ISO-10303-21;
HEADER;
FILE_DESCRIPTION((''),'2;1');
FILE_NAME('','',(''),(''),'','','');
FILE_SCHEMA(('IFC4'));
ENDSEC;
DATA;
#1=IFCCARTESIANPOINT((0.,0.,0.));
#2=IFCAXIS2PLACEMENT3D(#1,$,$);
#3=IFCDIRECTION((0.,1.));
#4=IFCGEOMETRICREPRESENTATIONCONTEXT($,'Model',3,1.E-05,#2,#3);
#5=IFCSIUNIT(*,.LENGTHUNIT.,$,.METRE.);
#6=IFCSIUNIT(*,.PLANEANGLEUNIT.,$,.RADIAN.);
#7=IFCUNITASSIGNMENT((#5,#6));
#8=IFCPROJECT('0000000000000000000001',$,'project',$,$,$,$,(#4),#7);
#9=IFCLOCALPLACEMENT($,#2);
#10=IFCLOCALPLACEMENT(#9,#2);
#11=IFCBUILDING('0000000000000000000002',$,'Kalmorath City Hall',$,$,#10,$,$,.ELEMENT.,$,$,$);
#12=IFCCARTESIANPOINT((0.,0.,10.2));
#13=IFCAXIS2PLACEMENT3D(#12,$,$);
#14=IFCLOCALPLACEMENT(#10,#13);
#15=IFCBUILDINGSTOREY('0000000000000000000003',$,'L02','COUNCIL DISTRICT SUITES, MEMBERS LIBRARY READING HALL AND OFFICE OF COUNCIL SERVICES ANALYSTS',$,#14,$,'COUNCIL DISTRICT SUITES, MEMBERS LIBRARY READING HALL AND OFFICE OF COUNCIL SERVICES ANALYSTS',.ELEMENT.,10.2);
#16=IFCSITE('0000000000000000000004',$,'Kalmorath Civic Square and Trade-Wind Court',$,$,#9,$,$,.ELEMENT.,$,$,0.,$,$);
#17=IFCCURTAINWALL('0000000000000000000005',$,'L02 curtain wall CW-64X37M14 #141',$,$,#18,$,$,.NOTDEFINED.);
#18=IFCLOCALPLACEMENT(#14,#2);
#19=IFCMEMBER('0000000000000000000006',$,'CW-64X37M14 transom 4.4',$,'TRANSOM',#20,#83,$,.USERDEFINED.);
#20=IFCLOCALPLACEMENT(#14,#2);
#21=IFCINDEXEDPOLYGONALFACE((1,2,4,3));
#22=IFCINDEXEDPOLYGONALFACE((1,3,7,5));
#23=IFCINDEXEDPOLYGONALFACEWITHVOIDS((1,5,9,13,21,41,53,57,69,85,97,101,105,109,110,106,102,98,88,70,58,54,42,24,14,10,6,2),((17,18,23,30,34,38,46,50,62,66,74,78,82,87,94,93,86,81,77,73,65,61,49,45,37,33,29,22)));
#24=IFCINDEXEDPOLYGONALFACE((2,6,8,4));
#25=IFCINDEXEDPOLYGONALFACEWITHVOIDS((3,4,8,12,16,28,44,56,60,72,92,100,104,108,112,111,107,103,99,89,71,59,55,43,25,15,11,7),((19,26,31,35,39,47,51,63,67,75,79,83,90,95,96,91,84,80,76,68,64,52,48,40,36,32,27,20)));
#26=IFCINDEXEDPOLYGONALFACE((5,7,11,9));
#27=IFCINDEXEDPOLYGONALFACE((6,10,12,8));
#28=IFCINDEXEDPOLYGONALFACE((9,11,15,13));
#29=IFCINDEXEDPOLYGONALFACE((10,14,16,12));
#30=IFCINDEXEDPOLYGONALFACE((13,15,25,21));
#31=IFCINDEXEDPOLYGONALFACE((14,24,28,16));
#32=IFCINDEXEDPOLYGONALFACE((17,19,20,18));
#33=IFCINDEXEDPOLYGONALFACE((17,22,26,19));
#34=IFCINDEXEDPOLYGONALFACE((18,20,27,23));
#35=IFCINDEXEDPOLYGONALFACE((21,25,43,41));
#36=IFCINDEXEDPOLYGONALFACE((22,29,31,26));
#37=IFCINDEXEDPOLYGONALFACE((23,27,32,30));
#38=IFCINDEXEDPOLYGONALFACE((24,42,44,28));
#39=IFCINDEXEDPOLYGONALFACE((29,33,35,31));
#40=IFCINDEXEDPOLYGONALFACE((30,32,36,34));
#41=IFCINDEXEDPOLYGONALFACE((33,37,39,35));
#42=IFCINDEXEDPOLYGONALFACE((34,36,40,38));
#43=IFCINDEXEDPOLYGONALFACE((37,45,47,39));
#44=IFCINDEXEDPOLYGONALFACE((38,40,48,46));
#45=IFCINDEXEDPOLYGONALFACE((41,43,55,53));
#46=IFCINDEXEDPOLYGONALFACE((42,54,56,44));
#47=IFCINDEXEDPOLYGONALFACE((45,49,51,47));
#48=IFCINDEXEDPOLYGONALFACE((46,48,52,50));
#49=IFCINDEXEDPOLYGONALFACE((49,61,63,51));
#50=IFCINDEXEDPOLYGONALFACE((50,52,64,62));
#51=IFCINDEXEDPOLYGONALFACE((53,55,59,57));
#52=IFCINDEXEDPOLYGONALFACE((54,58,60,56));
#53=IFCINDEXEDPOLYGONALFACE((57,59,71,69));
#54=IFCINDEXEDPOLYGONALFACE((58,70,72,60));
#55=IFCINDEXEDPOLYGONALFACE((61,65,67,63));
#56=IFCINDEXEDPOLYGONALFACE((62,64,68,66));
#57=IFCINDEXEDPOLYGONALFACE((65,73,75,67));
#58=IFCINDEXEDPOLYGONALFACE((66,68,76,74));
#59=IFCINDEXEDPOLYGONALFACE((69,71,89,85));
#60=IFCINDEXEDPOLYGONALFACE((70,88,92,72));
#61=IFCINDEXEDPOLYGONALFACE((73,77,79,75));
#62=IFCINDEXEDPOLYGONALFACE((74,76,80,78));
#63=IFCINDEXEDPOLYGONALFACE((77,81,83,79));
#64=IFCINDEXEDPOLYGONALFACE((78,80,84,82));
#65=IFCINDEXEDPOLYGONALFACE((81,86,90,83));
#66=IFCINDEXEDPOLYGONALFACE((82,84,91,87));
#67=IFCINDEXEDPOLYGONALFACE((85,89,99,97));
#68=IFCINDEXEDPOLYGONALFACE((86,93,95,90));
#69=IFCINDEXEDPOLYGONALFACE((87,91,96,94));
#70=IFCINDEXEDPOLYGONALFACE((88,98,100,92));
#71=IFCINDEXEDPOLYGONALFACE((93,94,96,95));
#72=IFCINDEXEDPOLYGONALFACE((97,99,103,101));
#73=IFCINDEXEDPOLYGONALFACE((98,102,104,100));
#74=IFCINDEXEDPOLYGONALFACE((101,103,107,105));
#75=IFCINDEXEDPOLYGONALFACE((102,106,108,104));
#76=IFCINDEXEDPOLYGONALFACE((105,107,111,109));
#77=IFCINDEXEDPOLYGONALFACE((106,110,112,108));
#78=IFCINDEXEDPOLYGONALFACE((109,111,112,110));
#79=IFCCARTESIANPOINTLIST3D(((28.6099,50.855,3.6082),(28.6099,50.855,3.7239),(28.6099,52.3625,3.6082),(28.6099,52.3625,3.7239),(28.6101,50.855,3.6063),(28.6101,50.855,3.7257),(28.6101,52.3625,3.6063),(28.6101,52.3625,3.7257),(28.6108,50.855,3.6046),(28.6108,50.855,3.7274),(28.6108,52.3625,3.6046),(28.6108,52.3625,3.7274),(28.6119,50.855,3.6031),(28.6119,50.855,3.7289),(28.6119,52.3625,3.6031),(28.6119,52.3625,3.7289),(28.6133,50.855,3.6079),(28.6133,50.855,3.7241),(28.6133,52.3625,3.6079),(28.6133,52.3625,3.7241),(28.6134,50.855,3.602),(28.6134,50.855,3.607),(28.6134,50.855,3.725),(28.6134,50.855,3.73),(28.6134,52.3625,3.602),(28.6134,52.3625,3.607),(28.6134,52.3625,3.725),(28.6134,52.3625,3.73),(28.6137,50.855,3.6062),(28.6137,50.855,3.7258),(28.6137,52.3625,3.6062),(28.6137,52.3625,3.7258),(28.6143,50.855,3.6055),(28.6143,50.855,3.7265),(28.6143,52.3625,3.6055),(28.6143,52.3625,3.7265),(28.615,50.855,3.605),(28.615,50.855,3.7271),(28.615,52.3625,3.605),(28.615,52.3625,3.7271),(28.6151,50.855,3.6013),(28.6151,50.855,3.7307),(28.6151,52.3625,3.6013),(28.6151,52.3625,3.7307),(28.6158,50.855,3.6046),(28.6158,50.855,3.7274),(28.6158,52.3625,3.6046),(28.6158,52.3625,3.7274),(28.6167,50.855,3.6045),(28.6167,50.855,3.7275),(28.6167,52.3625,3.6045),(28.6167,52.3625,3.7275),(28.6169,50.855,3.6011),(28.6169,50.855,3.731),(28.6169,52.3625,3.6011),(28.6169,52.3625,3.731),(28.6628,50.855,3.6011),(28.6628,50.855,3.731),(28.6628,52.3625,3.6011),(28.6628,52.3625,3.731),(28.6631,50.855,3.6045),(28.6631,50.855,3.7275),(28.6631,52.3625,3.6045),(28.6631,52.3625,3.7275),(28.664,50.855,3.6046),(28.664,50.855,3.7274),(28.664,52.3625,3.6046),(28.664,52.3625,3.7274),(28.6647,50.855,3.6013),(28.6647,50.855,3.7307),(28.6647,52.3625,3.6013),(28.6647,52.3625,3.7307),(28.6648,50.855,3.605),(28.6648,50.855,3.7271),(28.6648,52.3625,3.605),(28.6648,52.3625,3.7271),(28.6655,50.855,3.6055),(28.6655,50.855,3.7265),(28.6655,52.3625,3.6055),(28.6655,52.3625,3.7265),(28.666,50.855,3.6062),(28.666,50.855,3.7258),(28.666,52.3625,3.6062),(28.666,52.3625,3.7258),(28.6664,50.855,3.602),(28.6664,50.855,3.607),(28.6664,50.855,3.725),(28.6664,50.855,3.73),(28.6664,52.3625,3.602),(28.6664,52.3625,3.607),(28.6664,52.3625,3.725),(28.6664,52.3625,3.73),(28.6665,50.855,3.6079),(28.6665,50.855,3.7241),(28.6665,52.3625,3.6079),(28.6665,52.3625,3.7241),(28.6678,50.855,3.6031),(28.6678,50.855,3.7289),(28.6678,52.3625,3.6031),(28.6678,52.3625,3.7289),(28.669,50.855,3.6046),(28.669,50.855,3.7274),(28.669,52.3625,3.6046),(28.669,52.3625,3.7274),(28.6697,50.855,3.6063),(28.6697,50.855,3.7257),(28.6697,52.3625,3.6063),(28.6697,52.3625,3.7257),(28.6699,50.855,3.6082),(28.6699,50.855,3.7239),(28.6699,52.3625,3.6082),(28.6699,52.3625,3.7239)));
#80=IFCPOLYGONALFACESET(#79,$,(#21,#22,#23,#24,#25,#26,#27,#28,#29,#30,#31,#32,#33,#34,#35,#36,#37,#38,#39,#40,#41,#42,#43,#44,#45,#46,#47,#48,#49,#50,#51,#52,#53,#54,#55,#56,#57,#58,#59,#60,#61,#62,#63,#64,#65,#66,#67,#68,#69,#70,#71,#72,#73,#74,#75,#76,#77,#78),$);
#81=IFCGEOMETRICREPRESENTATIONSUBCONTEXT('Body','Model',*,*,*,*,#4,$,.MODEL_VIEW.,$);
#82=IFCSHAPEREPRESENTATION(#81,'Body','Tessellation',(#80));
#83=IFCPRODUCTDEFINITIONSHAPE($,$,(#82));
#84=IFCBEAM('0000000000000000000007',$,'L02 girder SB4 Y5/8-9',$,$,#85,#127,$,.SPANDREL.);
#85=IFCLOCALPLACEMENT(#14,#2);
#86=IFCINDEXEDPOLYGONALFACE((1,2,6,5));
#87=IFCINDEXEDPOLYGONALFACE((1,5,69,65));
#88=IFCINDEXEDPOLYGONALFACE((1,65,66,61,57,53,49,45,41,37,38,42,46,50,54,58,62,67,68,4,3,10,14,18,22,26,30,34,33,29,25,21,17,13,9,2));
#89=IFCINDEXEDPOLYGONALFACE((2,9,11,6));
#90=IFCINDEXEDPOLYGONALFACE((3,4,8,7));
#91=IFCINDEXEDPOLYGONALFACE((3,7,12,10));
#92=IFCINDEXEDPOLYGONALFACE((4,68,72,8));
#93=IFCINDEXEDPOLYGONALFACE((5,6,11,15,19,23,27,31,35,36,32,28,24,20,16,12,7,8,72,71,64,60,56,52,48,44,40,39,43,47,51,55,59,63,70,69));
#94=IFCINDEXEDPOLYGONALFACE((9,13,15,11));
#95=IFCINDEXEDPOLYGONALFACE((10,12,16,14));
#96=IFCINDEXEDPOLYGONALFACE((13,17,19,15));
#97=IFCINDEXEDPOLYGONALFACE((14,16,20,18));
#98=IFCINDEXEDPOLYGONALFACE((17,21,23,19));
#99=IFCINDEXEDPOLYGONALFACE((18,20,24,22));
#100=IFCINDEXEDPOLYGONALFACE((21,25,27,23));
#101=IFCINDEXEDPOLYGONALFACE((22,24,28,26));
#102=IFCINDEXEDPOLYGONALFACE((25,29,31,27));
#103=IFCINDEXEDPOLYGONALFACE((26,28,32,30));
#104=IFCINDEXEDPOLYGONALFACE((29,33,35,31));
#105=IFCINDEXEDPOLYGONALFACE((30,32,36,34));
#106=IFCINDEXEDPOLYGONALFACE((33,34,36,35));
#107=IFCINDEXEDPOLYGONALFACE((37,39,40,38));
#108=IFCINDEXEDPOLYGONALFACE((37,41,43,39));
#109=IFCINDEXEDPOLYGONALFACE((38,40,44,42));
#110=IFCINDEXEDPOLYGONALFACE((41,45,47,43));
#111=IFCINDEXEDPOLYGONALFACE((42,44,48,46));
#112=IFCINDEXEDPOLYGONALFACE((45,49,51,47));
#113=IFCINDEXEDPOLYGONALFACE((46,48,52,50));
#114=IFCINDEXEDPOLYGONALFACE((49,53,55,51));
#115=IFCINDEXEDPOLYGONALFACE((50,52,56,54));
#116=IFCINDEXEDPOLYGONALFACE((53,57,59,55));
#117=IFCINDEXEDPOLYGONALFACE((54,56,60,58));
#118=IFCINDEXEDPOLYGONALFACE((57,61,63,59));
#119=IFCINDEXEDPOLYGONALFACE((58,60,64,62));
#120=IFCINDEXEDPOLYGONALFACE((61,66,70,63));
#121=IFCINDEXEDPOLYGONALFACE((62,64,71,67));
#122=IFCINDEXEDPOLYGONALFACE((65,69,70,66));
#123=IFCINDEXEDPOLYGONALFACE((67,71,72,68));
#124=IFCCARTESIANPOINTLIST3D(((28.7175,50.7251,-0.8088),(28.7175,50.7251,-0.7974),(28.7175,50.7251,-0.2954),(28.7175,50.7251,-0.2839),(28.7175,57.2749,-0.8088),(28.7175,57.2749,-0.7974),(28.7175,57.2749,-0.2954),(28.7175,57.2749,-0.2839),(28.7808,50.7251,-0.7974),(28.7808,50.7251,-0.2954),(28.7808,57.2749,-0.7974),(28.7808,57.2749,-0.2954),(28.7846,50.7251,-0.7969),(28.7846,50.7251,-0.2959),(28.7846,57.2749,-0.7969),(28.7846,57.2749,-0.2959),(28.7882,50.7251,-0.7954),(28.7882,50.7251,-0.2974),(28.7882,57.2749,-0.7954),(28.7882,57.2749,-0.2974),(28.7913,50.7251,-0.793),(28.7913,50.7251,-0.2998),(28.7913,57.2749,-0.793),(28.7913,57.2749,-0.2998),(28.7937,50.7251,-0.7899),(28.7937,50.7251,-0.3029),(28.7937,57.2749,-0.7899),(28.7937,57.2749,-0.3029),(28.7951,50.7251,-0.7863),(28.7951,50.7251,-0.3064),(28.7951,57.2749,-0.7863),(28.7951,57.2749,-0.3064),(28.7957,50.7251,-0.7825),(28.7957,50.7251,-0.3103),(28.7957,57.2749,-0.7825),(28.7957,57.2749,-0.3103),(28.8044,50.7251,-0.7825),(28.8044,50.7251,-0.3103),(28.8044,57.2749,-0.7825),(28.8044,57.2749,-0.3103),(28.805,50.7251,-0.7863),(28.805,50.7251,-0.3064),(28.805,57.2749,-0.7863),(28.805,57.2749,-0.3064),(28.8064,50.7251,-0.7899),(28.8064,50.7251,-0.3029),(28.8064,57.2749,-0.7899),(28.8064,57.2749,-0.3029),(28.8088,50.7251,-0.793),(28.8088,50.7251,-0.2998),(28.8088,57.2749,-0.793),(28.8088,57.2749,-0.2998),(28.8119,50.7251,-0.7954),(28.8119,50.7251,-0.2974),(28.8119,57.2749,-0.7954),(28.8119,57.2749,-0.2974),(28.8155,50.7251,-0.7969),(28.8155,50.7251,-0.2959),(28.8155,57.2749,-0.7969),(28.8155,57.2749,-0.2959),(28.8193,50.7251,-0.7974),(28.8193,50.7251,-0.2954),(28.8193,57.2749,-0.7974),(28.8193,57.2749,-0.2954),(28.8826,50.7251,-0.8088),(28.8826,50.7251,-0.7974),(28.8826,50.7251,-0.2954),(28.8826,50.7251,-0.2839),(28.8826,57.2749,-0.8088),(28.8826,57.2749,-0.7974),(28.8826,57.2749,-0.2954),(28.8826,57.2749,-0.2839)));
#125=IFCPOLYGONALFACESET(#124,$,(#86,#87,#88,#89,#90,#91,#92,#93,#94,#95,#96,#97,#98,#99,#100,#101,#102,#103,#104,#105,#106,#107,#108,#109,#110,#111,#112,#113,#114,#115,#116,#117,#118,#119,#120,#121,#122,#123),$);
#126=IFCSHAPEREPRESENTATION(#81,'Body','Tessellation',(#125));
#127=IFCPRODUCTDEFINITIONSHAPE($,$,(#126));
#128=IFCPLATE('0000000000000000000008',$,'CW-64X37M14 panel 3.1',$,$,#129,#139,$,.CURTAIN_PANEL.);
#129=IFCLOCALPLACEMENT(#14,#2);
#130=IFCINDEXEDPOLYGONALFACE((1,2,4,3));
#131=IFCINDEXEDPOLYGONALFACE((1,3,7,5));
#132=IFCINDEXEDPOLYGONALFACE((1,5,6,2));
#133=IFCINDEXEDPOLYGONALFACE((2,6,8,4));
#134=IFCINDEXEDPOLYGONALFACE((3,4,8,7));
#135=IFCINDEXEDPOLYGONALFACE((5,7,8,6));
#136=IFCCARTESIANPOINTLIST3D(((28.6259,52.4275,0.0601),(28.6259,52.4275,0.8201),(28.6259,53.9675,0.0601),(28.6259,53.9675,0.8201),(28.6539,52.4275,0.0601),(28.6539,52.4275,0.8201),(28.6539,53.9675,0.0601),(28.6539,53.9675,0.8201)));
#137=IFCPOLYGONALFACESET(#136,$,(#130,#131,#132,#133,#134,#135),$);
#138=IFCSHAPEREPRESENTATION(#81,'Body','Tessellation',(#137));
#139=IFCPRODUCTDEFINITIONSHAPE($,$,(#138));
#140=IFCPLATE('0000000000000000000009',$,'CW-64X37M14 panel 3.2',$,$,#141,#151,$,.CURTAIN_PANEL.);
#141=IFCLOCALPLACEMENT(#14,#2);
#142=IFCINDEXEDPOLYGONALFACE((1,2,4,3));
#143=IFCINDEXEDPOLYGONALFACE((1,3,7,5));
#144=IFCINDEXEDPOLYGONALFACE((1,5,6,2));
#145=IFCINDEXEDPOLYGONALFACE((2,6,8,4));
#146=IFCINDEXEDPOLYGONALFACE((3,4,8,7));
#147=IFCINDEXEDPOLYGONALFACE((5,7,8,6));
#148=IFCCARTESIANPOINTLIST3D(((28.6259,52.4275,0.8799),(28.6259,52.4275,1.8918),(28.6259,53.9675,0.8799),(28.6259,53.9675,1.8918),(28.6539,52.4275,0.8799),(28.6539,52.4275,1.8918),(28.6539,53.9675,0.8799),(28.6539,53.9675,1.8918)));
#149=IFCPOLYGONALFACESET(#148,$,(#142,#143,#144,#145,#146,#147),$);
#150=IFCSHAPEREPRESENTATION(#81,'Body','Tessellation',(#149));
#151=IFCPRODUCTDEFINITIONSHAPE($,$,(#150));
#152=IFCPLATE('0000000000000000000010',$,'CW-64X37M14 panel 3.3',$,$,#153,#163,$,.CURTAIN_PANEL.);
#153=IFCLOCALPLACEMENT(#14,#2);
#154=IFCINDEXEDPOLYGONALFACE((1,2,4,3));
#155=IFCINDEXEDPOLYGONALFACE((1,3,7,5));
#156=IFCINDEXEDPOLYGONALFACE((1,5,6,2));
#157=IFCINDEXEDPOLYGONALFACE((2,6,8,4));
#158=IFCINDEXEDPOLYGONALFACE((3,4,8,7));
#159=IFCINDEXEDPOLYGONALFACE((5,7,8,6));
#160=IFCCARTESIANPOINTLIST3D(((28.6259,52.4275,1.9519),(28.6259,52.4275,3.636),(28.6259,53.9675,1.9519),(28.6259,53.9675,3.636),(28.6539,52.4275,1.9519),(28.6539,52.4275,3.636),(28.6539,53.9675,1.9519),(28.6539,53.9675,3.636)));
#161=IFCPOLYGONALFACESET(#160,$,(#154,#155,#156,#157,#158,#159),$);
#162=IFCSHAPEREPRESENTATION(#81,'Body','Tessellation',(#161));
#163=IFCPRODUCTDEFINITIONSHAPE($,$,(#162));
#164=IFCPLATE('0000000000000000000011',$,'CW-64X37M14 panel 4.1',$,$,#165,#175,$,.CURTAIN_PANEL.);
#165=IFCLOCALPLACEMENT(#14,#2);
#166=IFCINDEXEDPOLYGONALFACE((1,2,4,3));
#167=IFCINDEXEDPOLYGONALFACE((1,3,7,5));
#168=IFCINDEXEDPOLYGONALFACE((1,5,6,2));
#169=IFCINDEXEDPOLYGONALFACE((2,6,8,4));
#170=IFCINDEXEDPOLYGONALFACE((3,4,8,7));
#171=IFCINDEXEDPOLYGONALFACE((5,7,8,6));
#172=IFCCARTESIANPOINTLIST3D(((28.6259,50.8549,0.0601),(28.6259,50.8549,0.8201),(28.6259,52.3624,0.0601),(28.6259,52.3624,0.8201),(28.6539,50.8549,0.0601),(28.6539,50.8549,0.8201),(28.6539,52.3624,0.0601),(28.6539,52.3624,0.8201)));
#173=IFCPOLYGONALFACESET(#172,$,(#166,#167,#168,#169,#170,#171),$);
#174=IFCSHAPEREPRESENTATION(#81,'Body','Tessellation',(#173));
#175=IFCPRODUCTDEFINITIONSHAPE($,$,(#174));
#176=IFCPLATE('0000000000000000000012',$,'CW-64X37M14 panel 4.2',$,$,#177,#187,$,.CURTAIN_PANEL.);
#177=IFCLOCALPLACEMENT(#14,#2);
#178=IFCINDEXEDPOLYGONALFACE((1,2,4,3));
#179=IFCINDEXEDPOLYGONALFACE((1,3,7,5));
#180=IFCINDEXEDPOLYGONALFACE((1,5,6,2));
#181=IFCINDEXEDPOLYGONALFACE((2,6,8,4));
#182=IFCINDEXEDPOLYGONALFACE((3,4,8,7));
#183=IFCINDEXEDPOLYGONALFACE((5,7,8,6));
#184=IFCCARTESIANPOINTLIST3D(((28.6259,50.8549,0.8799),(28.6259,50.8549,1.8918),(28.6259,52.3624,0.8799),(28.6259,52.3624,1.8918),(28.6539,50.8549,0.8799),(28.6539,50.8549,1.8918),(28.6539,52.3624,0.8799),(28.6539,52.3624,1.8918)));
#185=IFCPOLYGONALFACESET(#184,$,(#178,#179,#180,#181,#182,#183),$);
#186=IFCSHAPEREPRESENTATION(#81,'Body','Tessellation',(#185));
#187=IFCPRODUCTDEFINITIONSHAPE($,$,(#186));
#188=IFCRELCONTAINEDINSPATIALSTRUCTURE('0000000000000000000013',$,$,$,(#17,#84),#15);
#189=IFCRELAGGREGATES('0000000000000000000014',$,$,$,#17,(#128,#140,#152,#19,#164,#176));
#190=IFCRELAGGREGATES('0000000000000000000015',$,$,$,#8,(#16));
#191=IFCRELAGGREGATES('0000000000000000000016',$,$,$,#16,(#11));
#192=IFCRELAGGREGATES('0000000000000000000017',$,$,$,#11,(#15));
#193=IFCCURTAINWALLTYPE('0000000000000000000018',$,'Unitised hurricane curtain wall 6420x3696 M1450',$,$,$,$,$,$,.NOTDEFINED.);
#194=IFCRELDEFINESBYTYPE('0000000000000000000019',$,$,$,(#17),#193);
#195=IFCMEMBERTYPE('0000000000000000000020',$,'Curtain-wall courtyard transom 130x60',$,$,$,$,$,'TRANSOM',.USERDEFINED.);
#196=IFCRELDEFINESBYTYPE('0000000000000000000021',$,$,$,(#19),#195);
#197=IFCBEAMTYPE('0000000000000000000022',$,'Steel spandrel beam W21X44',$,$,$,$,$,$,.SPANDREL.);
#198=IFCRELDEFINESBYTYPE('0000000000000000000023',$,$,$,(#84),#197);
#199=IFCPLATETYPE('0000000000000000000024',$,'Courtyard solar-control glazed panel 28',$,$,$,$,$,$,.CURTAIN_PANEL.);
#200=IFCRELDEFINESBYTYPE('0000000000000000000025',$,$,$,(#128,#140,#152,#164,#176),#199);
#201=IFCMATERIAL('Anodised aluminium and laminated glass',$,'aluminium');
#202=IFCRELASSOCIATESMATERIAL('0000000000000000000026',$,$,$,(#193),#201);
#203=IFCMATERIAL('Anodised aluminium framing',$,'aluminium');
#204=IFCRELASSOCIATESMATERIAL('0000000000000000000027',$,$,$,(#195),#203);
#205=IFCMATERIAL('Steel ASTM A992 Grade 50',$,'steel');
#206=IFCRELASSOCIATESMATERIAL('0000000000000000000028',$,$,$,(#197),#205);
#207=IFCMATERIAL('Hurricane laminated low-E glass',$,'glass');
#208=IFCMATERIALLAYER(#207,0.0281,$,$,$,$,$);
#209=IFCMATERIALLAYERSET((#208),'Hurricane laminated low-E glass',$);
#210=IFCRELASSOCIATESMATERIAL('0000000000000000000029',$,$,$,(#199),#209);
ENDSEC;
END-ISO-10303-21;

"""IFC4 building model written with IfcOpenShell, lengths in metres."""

from ifc_helpers import new_model, si_unit, direction, frame, origin, origin_2d, place, context, subcontext, project, spatial, rectangle, hollow_rectangle, i_section, extrude, material, layer, layer_set, material_profile, profile_set, type_object, element, aggregate, save


model = new_model("IFC4")

# Units and contexts
model_context = context("Model", 3, precision=1e-05, world=origin(), true_north=direction((0.0, 1.0)))
body_context = subcontext(model_context, "Body", "Model", "MODEL_VIEW")
ifc_project = project(units=[si_unit("LENGTHUNIT", "METRE"), si_unit("PLANEANGLEUNIT", "RADIAN")], contexts=[model_context])

# Site, building, storey
site_placement = place(None, origin())
site = spatial("IfcSite", under=ifc_project, at=site_placement, Name="Kalmorath Civic Square and Trade-Wind Court", CompositionType="ELEMENT", RefElevation=0.0)
building_placement = place(site_placement, origin())
building = spatial("IfcBuilding", under=site, at=building_placement, Name="Kalmorath City Hall", CompositionType="ELEMENT")
storey_placement = place(building_placement, frame((0.0, 0.0, 10.2)))
storey = spatial("IfcBuildingStorey", under=building, at=storey_placement, Name="L02", Description="COUNCIL DISTRICT SUITES, MEMBERS LIBRARY READING HALL AND OFFICE OF COUNCIL SERVICES ANALYSTS", LongName="COUNCIL DISTRICT SUITES, MEMBERS LIBRARY READING HALL AND OFFICE OF COUNCIL SERVICES ANALYSTS", CompositionType="ELEMENT", Elevation=10.2)

# Curtain wall, member
ifc_material_1 = material(Name="Anodised aluminium and laminated glass", Category="aluminium")
curtain_wall_type = type_object("IfcCurtainWallType", Name="Unitised hurricane curtain wall 6420x3696 M1450", PredefinedType="NOTDEFINED", material=ifc_material_1)
curtain_wall_placement = place(storey_placement, origin())
curtain_wall = element("IfcCurtainWall", 1, at=curtain_wall_placement, inside=storey, type_object=curtain_wall_type, Name="L02 curtain wall CW-64X37M14 #141", PredefinedType="NOTDEFINED")
ifc_material_2 = material(Name="Anodised aluminium framing", Category="aluminium")
ifc_material_profile_1 = material_profile(ifc_material_2, hollow_rectangle(XDim=0.0601, YDim=0.1299, WallThickness=0.0034, InnerFilletRadius=0.0034, OuterFilletRadius=0.0071, at=origin_2d()), Name="ALU-TRN-130X60X3.5")
ifc_profile_set_1 = profile_set([ifc_material_profile_1], Name="Anodised aluminium framing")
member_type_1 = type_object("IfcMemberType", Name="Curtain-wall courtyard transom 130x60", ElementType="TRANSOM", PredefinedType="USERDEFINED", material=ifc_profile_set_1)
member_1_placement = place(storey_placement, frame((28.6399, 52.3625, 3.666), z_axis=(0.0, -1.0, 0.0), x_axis=(1.0, 0.0, 0.0)))
member_1 = element("IfcMember", 2, at=member_1_placement, type_object=member_type_1, Name="CW-64X37M14 transom 4.4", ObjectType="TRANSOM", PredefinedType="USERDEFINED", context=body_context, shape_type="SweptSolid", body=[
    extrude(hollow_rectangle(XDim=0.0601, YDim=0.1299, WallThickness=0.0034, InnerFilletRadius=0.0034, OuterFilletRadius=0.0071, at=origin_2d()), origin(), (0.0, 0.0, 1.0), 1.5076),
])

# Beam
ifc_material_3 = material(Name="Steel ASTM A992 Grade 50", Category="steel")
ifc_material_profile_2 = material_profile(ifc_material_3, i_section(OverallWidth=0.165, OverallDepth=0.5249, WebThickness=0.0088, FlangeThickness=0.0115, FilletRadius=0.0149, at=origin_2d()), Name="W21X44")
ifc_profile_set_2 = profile_set([ifc_material_profile_2], Name="Steel ASTM A992 Grade 50")
beam_type = type_object("IfcBeamType", Name="Steel spandrel beam W21X44", PredefinedType="SPANDREL", material=ifc_profile_set_2)
beam_placement = place(storey_placement, frame((28.8, 50.7251, -0.5464), z_axis=(0.0, 1.0, 0.0), x_axis=(-1.0, 0.0, 0.0)))
element("IfcBeam", 3, at=beam_placement, inside=storey, type_object=beam_type, Name="L02 girder SB4 Y5/8-9", PredefinedType="SPANDREL", context=body_context, shape_type="SweptSolid", body=[
    extrude(i_section(OverallWidth=0.165, OverallDepth=0.5249, WebThickness=0.0088, FlangeThickness=0.0115, FilletRadius=0.0149, at=origin_2d()), origin(), (0.0, 0.0, 1.0), 6.5498),
])

# Plates
ifc_material_4 = material(Name="Hurricane laminated low-E glass", Category="glass")
ifc_layer_1 = layer(ifc_material_4, 0.0281)
ifc_layer_set_1 = layer_set([ifc_layer_1], Name="Hurricane laminated low-E glass")
plate_type = type_object("IfcPlateType", Name="Courtyard solar-control glazed panel 28", PredefinedType="CURTAIN_PANEL", material=ifc_layer_set_1)
plate_1_placement = place(storey_placement, frame((28.6399, 53.1975, 0.0601), z_axis=(0.0, 0.0, 1.0), x_axis=(0.0, -1.0, 0.0)))
plate_1 = element("IfcPlate", 4, at=plate_1_placement, type_object=plate_type, Name="CW-64X37M14 panel 3.1", PredefinedType="CURTAIN_PANEL", context=body_context, shape_type="SweptSolid", body=[
    extrude(rectangle(XDim=1.54, YDim=0.0281, at=origin_2d()), origin(), (0.0, 0.0, 1.0), 0.76),
])
plate_2_placement = place(storey_placement, frame((28.6399, 53.1975, 0.8799), z_axis=(0.0, 0.0, 1.0), x_axis=(0.0, -1.0, 0.0)))
plate_2 = element("IfcPlate", 5, at=plate_2_placement, type_object=plate_type, Name="CW-64X37M14 panel 3.2", PredefinedType="CURTAIN_PANEL", context=body_context, shape_type="SweptSolid", body=[
    extrude(rectangle(XDim=1.54, YDim=0.0281, at=origin_2d()), origin(), (0.0, 0.0, 1.0), 1.012),
])
plate_3_placement = place(storey_placement, frame((28.6399, 53.1975, 1.9519), z_axis=(0.0, 0.0, 1.0), x_axis=(0.0, -1.0, 0.0)))
plate_3 = element("IfcPlate", 6, at=plate_3_placement, type_object=plate_type, Name="CW-64X37M14 panel 3.3", PredefinedType="CURTAIN_PANEL", context=body_context, shape_type="SweptSolid", body=[
    extrude(rectangle(XDim=1.54, YDim=0.0281, at=origin_2d()), origin(), (0.0, 0.0, 1.0), 1.6841),
])
plate_4_placement = place(storey_placement, frame((28.6399, 51.6086, 0.0601), z_axis=(0.0, 0.0, 1.0), x_axis=(0.0, -1.0, 0.0)))
plate_4 = element("IfcPlate", 7, at=plate_4_placement, type_object=plate_type, Name="CW-64X37M14 panel 4.1", PredefinedType="CURTAIN_PANEL", context=body_context, shape_type="SweptSolid", body=[
    extrude(rectangle(XDim=1.5076, YDim=0.0281, at=origin_2d()), origin(), (0.0, 0.0, 1.0), 0.76),
])
plate_5_placement = place(storey_placement, frame((28.6399, 51.6086, 0.8799), z_axis=(0.0, 0.0, 1.0), x_axis=(0.0, -1.0, 0.0)))
plate_5 = element("IfcPlate", 8, at=plate_5_placement, type_object=plate_type, Name="CW-64X37M14 panel 4.2", PredefinedType="CURTAIN_PANEL", context=body_context, shape_type="SweptSolid", body=[
    extrude(rectangle(XDim=1.5076, YDim=0.0281, at=origin_2d()), origin(), (0.0, 0.0, 1.0), 1.012),
])
aggregate(curtain_wall, [plate_1, plate_2, plate_3, member_1, plate_4, plate_5])

save(model, "model.ifc")
